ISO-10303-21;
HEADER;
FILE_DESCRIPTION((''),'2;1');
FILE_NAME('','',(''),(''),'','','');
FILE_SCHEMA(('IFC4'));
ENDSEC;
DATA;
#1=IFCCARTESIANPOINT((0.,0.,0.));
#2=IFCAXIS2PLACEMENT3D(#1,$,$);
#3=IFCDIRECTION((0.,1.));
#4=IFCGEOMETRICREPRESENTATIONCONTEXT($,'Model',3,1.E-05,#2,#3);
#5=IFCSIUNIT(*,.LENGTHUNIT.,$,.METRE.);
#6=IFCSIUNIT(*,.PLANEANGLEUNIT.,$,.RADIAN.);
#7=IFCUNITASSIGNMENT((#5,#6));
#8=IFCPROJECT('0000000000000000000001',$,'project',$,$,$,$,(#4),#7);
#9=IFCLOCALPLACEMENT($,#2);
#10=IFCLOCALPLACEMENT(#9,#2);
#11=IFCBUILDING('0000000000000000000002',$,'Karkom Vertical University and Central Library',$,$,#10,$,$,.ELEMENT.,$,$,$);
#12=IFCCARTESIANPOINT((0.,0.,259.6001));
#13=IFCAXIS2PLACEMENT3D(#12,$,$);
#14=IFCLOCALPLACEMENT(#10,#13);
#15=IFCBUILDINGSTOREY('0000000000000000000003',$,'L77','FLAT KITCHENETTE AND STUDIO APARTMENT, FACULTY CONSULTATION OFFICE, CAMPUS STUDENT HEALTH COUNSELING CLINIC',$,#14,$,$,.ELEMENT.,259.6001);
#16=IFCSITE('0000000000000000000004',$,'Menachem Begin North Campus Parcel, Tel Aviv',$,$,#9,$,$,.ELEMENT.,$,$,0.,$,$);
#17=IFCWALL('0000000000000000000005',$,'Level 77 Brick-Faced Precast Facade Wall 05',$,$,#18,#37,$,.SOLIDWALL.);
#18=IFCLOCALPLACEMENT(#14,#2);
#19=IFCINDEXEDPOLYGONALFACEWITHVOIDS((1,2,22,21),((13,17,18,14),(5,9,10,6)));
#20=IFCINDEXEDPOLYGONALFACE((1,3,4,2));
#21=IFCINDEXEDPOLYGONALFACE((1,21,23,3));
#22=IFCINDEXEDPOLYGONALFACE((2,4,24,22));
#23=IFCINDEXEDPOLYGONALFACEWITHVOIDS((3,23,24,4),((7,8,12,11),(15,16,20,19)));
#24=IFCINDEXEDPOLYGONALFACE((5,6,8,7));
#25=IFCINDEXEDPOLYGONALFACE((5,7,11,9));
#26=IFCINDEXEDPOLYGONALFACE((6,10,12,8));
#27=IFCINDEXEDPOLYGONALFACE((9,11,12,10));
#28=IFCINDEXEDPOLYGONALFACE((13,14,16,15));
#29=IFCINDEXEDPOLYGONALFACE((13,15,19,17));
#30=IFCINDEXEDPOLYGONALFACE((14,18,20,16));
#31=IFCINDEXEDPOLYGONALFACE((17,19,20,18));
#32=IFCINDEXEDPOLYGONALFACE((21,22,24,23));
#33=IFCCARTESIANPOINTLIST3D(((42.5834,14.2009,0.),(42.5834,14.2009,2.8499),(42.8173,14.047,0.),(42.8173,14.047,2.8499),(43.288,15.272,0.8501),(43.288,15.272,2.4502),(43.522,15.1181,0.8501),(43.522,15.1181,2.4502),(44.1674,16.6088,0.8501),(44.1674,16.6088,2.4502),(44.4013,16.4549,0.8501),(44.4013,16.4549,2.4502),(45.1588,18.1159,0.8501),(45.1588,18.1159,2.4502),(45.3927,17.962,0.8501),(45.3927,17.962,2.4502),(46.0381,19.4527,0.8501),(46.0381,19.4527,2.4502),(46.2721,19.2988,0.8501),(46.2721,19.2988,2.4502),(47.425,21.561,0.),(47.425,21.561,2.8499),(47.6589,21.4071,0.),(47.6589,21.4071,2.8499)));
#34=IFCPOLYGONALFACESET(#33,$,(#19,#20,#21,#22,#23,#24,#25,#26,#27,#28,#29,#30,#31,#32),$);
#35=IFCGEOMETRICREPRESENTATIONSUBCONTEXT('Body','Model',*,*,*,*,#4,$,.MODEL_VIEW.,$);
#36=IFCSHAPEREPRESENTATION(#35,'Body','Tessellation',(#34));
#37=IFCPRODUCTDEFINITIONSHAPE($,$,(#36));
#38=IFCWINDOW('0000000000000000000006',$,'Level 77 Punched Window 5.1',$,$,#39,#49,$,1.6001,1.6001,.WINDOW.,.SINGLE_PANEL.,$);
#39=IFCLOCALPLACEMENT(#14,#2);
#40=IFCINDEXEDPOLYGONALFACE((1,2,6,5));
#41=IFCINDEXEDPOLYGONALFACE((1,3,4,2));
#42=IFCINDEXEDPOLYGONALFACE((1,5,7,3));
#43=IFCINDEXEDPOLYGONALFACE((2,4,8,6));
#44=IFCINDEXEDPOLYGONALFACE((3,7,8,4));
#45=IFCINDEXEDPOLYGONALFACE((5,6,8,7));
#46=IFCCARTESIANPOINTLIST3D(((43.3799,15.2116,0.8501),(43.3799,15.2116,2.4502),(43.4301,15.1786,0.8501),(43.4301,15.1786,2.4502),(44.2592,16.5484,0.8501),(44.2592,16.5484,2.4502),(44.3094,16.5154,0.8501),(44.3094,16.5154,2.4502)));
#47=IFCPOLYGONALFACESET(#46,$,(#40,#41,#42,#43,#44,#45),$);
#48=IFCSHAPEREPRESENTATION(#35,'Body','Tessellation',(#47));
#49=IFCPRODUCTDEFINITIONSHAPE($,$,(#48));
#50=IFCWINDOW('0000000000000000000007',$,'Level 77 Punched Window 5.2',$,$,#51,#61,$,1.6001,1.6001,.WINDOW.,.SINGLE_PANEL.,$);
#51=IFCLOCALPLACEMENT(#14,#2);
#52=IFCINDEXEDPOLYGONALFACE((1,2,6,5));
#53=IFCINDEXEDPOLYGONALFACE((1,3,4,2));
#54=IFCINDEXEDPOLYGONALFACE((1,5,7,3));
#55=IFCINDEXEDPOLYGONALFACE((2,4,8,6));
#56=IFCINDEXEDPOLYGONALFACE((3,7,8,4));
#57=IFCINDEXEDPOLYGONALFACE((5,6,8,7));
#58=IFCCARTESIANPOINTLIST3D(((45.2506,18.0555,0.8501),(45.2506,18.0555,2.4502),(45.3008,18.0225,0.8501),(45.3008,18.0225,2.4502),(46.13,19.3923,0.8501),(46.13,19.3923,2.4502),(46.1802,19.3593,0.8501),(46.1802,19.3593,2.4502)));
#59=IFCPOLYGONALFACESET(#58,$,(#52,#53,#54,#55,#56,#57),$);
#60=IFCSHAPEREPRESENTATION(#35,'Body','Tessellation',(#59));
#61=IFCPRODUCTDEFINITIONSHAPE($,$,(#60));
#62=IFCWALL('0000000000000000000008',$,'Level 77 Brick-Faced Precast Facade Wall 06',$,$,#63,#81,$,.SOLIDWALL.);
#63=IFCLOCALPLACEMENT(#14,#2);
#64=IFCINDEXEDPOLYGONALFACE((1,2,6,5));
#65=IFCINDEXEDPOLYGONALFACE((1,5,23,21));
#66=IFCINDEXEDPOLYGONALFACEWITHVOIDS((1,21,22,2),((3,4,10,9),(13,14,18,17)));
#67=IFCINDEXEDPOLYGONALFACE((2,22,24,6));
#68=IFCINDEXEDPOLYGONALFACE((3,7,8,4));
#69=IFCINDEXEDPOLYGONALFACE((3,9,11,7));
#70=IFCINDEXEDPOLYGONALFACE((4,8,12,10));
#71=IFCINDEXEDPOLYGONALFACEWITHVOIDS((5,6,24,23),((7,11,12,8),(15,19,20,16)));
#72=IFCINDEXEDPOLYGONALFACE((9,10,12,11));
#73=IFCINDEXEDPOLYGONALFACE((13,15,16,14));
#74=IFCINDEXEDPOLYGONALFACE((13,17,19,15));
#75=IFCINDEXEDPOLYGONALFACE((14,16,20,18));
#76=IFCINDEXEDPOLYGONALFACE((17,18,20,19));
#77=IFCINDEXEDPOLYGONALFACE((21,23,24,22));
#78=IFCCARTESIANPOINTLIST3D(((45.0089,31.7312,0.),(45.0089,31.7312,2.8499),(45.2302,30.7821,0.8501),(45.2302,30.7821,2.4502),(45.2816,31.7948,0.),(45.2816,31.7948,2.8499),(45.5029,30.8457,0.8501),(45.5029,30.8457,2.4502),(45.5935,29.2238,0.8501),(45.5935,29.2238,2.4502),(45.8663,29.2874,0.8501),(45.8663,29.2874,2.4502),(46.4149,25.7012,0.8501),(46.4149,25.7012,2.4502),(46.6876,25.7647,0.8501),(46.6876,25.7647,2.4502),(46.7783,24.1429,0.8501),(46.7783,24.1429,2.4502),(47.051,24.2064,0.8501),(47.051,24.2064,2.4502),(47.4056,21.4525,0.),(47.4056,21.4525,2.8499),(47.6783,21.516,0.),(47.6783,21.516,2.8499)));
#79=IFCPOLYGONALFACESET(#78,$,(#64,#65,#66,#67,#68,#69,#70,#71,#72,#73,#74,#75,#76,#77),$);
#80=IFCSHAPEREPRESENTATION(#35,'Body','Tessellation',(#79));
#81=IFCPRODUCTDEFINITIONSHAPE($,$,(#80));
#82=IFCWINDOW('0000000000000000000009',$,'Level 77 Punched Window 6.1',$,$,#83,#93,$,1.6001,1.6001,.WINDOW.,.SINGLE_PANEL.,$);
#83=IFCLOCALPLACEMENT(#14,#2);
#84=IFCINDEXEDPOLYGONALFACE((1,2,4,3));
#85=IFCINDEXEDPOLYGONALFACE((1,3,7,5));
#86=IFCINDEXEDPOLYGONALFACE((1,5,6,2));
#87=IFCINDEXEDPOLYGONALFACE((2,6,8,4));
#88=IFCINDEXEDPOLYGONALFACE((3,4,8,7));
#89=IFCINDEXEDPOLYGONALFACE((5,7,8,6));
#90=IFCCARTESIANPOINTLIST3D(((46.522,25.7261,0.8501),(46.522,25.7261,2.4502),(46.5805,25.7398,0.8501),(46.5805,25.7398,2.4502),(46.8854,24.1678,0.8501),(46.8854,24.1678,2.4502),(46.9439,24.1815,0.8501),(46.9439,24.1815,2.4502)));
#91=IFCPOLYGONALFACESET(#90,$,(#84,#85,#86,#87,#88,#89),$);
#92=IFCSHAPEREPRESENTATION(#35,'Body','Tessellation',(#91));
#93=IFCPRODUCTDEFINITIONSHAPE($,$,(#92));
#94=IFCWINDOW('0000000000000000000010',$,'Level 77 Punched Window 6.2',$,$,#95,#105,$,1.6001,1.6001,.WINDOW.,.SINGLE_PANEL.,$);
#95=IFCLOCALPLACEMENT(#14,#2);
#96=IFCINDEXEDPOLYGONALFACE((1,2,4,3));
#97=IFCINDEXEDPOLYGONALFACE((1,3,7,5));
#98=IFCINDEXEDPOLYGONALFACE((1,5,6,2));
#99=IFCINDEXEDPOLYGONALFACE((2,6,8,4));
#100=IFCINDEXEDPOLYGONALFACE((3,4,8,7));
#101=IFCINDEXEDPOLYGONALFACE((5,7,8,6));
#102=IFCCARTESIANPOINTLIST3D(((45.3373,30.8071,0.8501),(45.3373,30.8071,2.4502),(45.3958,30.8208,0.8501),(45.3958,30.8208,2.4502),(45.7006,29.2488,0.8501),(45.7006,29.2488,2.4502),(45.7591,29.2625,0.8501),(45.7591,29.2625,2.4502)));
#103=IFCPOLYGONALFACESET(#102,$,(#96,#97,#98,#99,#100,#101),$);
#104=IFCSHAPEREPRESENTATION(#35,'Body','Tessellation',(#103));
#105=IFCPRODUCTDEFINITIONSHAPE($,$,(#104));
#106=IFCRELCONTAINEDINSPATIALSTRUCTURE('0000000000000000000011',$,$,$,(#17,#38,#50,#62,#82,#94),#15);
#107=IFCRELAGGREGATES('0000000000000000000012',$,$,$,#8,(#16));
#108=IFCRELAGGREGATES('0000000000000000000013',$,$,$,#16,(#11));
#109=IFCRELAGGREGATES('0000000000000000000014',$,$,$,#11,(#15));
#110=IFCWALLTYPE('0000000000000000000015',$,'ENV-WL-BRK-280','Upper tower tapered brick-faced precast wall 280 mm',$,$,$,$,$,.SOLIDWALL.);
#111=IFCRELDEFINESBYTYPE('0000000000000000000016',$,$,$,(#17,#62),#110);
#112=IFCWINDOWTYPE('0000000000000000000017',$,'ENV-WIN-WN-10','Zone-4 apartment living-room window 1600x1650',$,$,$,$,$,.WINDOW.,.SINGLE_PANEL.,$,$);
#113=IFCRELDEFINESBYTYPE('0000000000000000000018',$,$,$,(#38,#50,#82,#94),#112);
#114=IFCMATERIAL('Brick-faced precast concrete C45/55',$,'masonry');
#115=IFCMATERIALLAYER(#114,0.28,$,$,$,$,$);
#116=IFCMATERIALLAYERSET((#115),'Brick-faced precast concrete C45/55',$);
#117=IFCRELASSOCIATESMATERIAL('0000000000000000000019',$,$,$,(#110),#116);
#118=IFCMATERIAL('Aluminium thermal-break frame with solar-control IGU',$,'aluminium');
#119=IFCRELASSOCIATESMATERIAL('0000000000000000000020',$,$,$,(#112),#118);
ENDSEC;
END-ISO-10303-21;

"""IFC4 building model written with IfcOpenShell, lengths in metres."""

from ifc_helpers import new_model, si_unit, direction, frame, frame_2d, origin, origin_with_axes, place, context, subcontext, project, spatial, rectangle, extrude, source, transform, mapped, material, layer, layer_set, type_object, element, fill, save


model = new_model("IFC4")

# Units and contexts
model_context = context("Model", 3, precision=1e-05, world=origin(), true_north=direction((0.0, 1.0)))
body_context = subcontext(model_context, "Body", "Model", "MODEL_VIEW")
ifc_project = project(units=[si_unit("LENGTHUNIT", "METRE"), si_unit("PLANEANGLEUNIT", "RADIAN")], contexts=[model_context])

# Site, building, storey
site_placement = place(None, origin())
site = spatial("IfcSite", under=ifc_project, at=site_placement, Name="Menachem Begin North Campus Parcel, Tel Aviv", CompositionType="ELEMENT", RefElevation=0.0)
building_placement = place(site_placement, origin())
building = spatial("IfcBuilding", under=site, at=building_placement, Name="Karkom Vertical University and Central Library", CompositionType="ELEMENT")
storey_placement = place(building_placement, frame((0.0, 0.0, 259.6001)))
storey = spatial("IfcBuildingStorey", under=building, at=storey_placement, Name="L77", Description="FLAT KITCHENETTE AND STUDIO APARTMENT, FACULTY CONSULTATION OFFICE, CAMPUS STUDENT HEALTH COUNSELING CLINIC", CompositionType="ELEMENT", Elevation=259.6001)

# Walls, openings, windows
ifc_material_1 = material(Name="Brick-faced precast concrete C45/55", Category="masonry")
ifc_layer_1 = layer(ifc_material_1, 0.28)
ifc_layer_set_1 = layer_set([ifc_layer_1], Name="Brick-faced precast concrete C45/55")
wall_type_1 = type_object("IfcWallType", Name="ENV-WL-BRK-280", Description="Upper tower tapered brick-faced precast wall 280 mm", PredefinedType="SOLIDWALL", material=ifc_layer_set_1)
wall_1_placement = place(storey_placement, frame((42.7004, 14.124, 0.0), z_axis=(0.0, 0.0, 1.0), x_axis=(0.549567, 0.83545, 0.0)))
wall_1 = element("IfcWall", 1, at=wall_1_placement, inside=storey, type_object=wall_type_1, Name="Level 77 Brick-Faced Precast Facade Wall 05", PredefinedType="SOLIDWALL", context=body_context, shape_type="SweptSolid", body=[
    extrude(rectangle(XDim=8.8098, YDim=0.28, at=frame_2d((4.4048, 0.0))), origin(), (0.0, 0.0, 1.0), 2.8499),
])
opening_1_placement = place(wall_1_placement, frame((1.282, 0.0, 0.8501)))
opening_1 = element("IfcOpeningElement", 2, at=opening_1_placement, cuts=wall_1, PredefinedType="OPENING", context=body_context, shape_type="SweptSolid", body=[
    extrude(rectangle(XDim=1.6001, YDim=1.6001, at=frame_2d((0.8, 0.8))), frame((0.0, 0.1499, 0.0), z_axis=(0.0, -1.0, 0.0), x_axis=(1.0, 0.0, 0.0)), (0.0, 0.0, 1.0), 0.3),
])
opening_2_placement = place(wall_1_placement, frame((4.686, 0.0, 0.8501)))
opening_2 = element("IfcOpeningElement", 3, at=opening_2_placement, cuts=wall_1, PredefinedType="OPENING", context=body_context, shape_type="SweptSolid", body=[
    extrude(rectangle(XDim=1.6001, YDim=1.6001, at=frame_2d((0.8, 0.8))), frame((0.0, 0.1499, 0.0), z_axis=(0.0, -1.0, 0.0), x_axis=(1.0, 0.0, 0.0)), (0.0, 0.0, 1.0), 0.3),
])
ifc_material_2 = material(Name="Aluminium thermal-break frame with solar-control IGU", Category="aluminium")
window_type = type_object("IfcWindowType", Name="ENV-WIN-WN-10", Description="Zone-4 apartment living-room window 1600x1650", PartitioningType="SINGLE_PANEL", PredefinedType="WINDOW", material=ifc_material_2)
shared_shape_1 = source(origin_with_axes(), body_context, "Body", "SweptSolid", [
    extrude(rectangle(XDim=1.6001, YDim=1.6001, at=frame_2d((0.8, 0.8))), frame((0.0, 0.03, 0.0), z_axis=(0.0, -1.0, 0.0), x_axis=(1.0, 0.0, 0.0)), (0.0, 0.0, 1.0), 0.0601),
])
window_1_placement = place(opening_1_placement, origin())
window_1 = element("IfcWindow", 4, at=window_1_placement, inside=storey, type_object=window_type, Name="Level 77 Punched Window 5.1", OverallHeight=1.6001, OverallWidth=1.6001, PartitioningType="SINGLE_PANEL", PredefinedType="WINDOW", context=body_context, shape_type="MappedRepresentation", body=[
    mapped(shared_shape_1, transform((0.0, 0.0, 0.0), scale=1.0)),
])
fill(opening_1, window_1)
window_2_placement = place(opening_2_placement, origin())
window_2 = element("IfcWindow", 5, at=window_2_placement, inside=storey, type_object=window_type, Name="Level 77 Punched Window 5.2", OverallHeight=1.6001, OverallWidth=1.6001, PartitioningType="SINGLE_PANEL", PredefinedType="WINDOW", context=body_context, shape_type="MappedRepresentation", body=[
    mapped(shared_shape_1, transform((0.0, 0.0, 0.0), scale=1.0)),
])
fill(opening_2, window_2)
wall_2_placement = place(storey_placement, frame((47.542, 21.4841, 0.0), z_axis=(0.0, 0.0, 1.0), x_axis=(-0.22708, 0.973876, 0.0)))
wall_2 = element("IfcWall", 6, at=wall_2_placement, inside=storey, type_object=wall_type_1, Name="Level 77 Brick-Faced Precast Facade Wall 06", PredefinedType="SOLIDWALL", context=body_context, shape_type="SweptSolid", body=[
    extrude(rectangle(XDim=10.5544, YDim=0.28, at=frame_2d((5.2773, 0.0))), origin(), (0.0, 0.0, 1.0), 2.8499),
])
opening_3_placement = place(wall_2_placement, frame((2.7627, 0.0, 0.8501)))
opening_3 = element("IfcOpeningElement", 7, at=opening_3_placement, cuts=wall_2, PredefinedType="OPENING", context=body_context, shape_type="SweptSolid", body=[
    extrude(rectangle(XDim=1.6001, YDim=1.6001, at=frame_2d((0.8, 0.8))), frame((0.0, 0.1499, 0.0), z_axis=(0.0, -1.0, 0.0), x_axis=(1.0, 0.0, 0.0)), (0.0, 0.0, 1.0), 0.3),
])
opening_4_placement = place(wall_2_placement, frame((7.98, 0.0, 0.8501)))
opening_4 = element("IfcOpeningElement", 8, at=opening_4_placement, cuts=wall_2, PredefinedType="OPENING", context=body_context, shape_type="SweptSolid", body=[
    extrude(rectangle(XDim=1.6001, YDim=1.6001, at=frame_2d((0.8, 0.8))), frame((0.0, 0.1499, 0.0), z_axis=(0.0, -1.0, 0.0), x_axis=(1.0, 0.0, 0.0)), (0.0, 0.0, 1.0), 0.3),
])
window_3_placement = place(opening_3_placement, origin())
window_3 = element("IfcWindow", 9, at=window_3_placement, inside=storey, type_object=window_type, Name="Level 77 Punched Window 6.1", OverallHeight=1.6001, OverallWidth=1.6001, PartitioningType="SINGLE_PANEL", PredefinedType="WINDOW", context=body_context, shape_type="MappedRepresentation", body=[
    mapped(shared_shape_1, transform((0.0, 0.0, 0.0), scale=1.0)),
])
fill(opening_3, window_3)
window_4_placement = place(opening_4_placement, origin())
window_4 = element("IfcWindow", 10, at=window_4_placement, inside=storey, type_object=window_type, Name="Level 77 Punched Window 6.2", OverallHeight=1.6001, OverallWidth=1.6001, PartitioningType="SINGLE_PANEL", PredefinedType="WINDOW", context=body_context, shape_type="MappedRepresentation", body=[
    mapped(shared_shape_1, transform((0.0, 0.0, 0.0), scale=1.0)),
])
fill(opening_4, window_4)

save(model, "model.ifc")
